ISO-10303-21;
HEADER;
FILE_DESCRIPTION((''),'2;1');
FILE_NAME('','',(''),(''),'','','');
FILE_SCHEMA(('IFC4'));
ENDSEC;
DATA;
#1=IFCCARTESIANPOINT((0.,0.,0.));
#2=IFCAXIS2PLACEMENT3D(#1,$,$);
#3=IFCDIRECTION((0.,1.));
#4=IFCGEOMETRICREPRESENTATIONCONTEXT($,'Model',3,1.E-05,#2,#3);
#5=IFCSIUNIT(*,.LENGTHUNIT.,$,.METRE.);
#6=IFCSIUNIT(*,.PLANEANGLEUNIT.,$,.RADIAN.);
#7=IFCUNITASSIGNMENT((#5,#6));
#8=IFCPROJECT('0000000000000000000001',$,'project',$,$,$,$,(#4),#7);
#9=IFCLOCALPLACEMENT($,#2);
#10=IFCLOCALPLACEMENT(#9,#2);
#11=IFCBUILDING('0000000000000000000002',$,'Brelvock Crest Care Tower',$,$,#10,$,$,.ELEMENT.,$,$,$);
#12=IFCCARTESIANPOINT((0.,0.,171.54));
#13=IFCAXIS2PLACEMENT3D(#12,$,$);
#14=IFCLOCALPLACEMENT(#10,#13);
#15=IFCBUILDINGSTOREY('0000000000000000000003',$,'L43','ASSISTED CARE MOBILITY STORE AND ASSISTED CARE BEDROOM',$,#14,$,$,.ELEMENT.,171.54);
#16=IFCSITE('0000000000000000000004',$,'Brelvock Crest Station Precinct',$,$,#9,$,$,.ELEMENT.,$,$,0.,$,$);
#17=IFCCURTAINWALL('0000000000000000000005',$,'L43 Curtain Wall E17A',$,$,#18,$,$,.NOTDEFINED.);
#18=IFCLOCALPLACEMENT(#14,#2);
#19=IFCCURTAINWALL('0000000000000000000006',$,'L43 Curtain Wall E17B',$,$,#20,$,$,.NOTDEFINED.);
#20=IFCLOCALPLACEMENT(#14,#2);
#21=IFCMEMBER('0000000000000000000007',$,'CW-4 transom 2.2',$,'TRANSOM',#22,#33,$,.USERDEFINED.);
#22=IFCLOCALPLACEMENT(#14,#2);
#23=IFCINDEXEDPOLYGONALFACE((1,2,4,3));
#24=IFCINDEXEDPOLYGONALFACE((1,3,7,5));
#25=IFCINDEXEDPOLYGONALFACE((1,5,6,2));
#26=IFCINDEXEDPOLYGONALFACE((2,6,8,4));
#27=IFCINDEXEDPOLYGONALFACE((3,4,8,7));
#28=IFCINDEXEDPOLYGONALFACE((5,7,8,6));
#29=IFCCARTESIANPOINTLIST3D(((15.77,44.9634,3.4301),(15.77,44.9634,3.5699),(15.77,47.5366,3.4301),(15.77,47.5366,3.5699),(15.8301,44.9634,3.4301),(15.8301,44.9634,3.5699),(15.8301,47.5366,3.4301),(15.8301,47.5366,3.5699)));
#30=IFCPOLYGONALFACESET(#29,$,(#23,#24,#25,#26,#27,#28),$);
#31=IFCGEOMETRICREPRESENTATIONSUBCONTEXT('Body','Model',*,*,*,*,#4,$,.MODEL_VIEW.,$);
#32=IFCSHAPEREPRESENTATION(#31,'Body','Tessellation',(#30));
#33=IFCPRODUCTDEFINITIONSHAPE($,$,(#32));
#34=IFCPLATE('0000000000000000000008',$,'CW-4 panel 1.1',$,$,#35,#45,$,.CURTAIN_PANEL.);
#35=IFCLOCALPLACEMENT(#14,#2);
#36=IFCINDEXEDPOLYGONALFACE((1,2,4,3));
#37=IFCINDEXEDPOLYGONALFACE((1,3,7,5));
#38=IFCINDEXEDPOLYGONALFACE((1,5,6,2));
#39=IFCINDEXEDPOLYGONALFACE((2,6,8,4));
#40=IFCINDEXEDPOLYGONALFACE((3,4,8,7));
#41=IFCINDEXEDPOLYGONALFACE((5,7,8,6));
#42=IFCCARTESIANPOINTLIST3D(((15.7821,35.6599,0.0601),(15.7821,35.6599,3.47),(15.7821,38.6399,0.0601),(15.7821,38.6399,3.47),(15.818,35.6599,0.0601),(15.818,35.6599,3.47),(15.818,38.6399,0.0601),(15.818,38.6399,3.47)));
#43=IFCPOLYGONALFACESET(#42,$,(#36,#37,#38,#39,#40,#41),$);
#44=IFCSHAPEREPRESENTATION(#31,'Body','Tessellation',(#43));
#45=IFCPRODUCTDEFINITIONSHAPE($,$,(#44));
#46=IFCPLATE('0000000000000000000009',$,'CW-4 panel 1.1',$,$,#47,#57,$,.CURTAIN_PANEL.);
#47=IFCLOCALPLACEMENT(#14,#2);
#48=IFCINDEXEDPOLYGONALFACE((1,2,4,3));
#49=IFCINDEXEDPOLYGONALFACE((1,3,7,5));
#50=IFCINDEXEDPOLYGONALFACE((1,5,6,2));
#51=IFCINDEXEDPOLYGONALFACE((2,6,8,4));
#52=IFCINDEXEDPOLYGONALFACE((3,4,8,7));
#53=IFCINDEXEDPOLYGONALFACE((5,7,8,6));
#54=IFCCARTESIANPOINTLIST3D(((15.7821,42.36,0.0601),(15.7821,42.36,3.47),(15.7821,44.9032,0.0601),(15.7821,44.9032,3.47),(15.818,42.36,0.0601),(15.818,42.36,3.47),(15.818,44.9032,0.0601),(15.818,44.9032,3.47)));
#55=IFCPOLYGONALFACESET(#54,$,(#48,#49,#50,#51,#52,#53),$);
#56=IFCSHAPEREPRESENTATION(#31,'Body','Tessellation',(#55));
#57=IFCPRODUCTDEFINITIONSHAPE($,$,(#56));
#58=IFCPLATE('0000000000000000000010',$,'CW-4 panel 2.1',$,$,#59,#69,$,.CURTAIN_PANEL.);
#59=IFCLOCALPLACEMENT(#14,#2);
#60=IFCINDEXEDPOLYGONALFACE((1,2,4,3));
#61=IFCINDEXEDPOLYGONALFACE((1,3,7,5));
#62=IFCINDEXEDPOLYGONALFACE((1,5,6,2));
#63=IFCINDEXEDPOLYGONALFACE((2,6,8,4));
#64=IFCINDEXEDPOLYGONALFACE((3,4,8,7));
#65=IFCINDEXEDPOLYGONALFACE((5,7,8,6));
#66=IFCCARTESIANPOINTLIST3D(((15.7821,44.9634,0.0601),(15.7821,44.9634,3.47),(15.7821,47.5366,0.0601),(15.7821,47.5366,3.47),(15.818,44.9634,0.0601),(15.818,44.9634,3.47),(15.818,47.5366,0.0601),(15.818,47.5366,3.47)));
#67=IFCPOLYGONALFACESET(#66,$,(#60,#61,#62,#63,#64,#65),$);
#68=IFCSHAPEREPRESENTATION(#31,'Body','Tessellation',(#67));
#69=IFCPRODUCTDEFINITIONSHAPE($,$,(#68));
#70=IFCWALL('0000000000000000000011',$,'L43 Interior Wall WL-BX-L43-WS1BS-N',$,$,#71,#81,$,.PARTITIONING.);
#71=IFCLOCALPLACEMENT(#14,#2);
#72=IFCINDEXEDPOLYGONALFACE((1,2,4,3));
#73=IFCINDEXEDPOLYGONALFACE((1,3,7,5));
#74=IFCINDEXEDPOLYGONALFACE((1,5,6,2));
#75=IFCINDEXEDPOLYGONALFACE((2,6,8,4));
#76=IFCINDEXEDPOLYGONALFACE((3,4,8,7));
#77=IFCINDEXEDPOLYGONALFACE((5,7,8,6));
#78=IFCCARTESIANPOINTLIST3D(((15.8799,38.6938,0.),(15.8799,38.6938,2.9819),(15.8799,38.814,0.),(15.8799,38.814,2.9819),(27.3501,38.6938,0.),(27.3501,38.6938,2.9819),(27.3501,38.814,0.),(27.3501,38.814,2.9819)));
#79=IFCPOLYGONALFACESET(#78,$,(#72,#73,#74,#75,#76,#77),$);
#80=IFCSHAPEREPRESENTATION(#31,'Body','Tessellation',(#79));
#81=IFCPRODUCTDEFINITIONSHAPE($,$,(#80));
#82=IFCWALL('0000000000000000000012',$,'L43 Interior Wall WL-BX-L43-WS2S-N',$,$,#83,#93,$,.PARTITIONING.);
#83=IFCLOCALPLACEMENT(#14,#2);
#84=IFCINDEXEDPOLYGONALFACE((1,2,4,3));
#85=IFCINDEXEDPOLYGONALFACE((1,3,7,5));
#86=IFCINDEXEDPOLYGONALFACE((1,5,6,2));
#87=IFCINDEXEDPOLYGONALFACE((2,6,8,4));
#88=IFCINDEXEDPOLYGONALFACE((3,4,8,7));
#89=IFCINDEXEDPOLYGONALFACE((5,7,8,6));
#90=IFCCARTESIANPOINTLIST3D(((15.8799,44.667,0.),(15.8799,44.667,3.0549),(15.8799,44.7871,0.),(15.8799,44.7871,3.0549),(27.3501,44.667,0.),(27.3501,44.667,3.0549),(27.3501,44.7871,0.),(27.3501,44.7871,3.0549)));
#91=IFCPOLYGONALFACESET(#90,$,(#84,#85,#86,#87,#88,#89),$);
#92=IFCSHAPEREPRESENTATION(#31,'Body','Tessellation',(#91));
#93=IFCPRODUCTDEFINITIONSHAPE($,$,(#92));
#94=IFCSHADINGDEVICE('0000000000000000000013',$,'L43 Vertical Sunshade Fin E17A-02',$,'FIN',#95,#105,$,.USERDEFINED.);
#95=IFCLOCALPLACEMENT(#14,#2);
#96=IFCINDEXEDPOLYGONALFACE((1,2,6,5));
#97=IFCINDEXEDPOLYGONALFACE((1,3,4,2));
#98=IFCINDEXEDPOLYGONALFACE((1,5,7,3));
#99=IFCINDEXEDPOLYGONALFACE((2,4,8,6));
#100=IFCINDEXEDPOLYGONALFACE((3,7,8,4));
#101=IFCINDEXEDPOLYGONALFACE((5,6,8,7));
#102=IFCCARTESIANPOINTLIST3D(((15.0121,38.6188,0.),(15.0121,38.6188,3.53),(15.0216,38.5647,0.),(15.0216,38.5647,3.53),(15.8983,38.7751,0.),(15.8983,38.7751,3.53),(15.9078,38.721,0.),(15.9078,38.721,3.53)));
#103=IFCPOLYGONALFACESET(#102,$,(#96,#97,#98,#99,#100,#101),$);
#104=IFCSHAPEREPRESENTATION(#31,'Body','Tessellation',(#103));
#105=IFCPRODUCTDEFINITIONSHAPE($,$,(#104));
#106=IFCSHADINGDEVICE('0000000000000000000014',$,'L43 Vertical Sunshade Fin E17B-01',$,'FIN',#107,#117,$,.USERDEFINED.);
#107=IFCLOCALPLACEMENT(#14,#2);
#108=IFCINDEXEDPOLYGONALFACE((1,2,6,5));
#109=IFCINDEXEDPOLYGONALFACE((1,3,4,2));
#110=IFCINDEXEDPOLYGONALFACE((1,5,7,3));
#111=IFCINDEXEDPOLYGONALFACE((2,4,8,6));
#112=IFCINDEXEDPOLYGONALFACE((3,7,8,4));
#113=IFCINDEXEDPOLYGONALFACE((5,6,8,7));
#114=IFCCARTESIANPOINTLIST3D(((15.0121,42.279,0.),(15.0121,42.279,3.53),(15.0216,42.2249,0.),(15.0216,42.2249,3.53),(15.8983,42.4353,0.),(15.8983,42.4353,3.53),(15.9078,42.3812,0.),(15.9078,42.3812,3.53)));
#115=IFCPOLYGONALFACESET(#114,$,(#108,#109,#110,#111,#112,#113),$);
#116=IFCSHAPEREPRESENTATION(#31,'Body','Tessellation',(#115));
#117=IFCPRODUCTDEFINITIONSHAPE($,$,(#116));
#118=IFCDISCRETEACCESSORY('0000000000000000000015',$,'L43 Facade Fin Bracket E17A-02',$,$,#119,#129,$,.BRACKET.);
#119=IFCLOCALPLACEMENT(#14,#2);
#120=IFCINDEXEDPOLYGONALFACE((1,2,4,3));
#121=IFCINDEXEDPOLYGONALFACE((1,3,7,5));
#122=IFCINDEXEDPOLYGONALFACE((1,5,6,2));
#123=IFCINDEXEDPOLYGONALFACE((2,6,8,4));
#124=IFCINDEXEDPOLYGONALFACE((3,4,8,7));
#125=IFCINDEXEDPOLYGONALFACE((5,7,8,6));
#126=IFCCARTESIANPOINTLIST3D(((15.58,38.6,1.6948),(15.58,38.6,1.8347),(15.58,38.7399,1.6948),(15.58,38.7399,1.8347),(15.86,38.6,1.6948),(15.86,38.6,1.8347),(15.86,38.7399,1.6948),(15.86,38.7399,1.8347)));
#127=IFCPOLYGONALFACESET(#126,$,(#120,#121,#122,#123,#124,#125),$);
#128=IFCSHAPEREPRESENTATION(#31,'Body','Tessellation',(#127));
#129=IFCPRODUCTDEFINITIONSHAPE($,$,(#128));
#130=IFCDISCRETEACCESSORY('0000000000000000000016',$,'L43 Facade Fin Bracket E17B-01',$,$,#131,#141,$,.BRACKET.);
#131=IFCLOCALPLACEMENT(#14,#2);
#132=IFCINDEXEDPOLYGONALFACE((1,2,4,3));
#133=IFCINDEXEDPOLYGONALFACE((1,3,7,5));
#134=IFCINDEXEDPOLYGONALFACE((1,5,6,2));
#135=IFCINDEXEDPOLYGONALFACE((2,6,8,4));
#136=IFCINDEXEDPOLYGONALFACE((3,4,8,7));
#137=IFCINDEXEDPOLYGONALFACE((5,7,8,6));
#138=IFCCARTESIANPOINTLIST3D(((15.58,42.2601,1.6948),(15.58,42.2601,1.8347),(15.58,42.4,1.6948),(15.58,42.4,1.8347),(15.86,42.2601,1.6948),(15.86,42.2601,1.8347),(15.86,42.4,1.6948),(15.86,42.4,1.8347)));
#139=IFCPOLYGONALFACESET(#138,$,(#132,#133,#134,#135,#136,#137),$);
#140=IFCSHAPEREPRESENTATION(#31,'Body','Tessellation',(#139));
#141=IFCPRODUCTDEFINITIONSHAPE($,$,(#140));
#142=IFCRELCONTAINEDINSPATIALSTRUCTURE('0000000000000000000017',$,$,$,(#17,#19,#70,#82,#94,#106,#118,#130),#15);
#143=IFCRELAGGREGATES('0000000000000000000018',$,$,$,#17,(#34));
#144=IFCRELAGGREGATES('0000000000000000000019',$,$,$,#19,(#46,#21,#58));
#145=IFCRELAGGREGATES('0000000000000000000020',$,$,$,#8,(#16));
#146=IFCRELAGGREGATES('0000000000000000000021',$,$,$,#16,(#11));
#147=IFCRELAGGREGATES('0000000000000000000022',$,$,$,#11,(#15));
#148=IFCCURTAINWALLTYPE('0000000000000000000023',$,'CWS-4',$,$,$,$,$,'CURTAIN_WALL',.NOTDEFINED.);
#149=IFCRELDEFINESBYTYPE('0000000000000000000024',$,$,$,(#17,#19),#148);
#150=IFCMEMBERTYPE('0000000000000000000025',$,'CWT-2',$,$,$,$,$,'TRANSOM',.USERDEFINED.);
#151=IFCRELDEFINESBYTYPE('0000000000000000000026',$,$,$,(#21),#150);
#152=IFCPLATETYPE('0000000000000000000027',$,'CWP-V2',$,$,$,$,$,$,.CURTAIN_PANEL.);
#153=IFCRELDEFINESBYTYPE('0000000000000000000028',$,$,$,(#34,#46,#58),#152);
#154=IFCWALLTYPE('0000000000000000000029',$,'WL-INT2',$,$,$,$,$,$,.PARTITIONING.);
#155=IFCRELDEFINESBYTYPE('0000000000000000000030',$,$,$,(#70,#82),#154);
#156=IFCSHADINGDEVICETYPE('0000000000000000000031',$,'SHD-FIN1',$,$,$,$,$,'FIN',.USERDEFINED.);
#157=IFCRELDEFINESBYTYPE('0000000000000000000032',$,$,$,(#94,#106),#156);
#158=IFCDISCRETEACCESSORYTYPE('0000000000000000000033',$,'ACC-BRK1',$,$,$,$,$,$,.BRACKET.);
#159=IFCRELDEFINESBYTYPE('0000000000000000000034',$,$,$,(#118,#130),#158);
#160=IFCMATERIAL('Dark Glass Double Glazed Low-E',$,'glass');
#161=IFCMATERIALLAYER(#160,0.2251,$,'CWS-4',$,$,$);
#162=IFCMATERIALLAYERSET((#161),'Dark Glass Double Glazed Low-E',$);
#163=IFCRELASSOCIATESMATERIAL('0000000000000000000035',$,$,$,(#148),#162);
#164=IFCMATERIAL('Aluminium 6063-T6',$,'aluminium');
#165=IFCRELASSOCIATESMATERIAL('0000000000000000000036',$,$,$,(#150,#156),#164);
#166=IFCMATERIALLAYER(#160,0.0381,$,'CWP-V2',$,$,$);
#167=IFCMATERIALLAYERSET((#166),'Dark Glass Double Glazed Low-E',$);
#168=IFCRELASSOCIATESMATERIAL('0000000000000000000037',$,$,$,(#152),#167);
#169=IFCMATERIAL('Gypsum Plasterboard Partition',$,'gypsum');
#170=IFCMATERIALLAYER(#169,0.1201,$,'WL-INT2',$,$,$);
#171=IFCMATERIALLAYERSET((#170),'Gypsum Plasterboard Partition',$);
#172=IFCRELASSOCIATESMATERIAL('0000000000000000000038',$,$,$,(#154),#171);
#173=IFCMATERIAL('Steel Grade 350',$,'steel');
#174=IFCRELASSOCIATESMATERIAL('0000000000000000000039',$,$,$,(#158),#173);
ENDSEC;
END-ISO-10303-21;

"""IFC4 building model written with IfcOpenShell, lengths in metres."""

from ifc_helpers import new_model, si_unit, direction, frame, frame_2d, origin, origin_2d, place, context, subcontext, project, spatial, rectangle, extrude, source, transform, mapped, material, layer, layer_set, material_profile, profile_set, type_object, element, aggregate, save


model = new_model("IFC4")

# Units and contexts
model_context = context("Model", 3, precision=1e-05, world=origin(), true_north=direction((0.0, 1.0)))
body_context = subcontext(model_context, "Body", "Model", "MODEL_VIEW")
ifc_project = project(units=[si_unit("LENGTHUNIT", "METRE"), si_unit("PLANEANGLEUNIT", "RADIAN")], contexts=[model_context])

# Site, building, storey
site_placement = place(None, origin())
site = spatial("IfcSite", under=ifc_project, at=site_placement, Name="Brelvock Crest Station Precinct", CompositionType="ELEMENT", RefElevation=0.0)
building_placement = place(site_placement, origin())
building = spatial("IfcBuilding", under=site, at=building_placement, Name="Brelvock Crest Care Tower", CompositionType="ELEMENT")
storey_placement = place(building_placement, frame((0.0, 0.0, 171.54)))
storey = spatial("IfcBuildingStorey", under=building, at=storey_placement, Name="L43", Description="ASSISTED CARE MOBILITY STORE AND ASSISTED CARE BEDROOM", CompositionType="ELEMENT", Elevation=171.54)

# Shared definitions
ifc_material_1 = material(Name="Steel Grade 350", Category="steel")

# Curtain wall
ifc_material_2 = material(Name="Dark Glass Double Glazed Low-E", Category="glass")
ifc_layer_1 = layer(ifc_material_2, 0.2251, Name="CWS-4")
ifc_layer_set_1 = layer_set([ifc_layer_1], Name="Dark Glass Double Glazed Low-E")
curtain_wall_type = type_object("IfcCurtainWallType", Name="CWS-4", ElementType="CURTAIN_WALL", PredefinedType="NOTDEFINED", material=ifc_layer_set_1)
curtain_wall_1_placement = place(storey_placement, origin())
curtain_wall_1 = element("IfcCurtainWall", 1, at=curtain_wall_1_placement, inside=storey, type_object=curtain_wall_type, Name="L43 Curtain Wall E17A", PredefinedType="NOTDEFINED")
ifc_material_3 = material(Name="Aluminium 6063-T6", Category="aluminium")

# Curtain wall, member
curtain_wall_2_placement = place(storey_placement, origin())
curtain_wall_2 = element("IfcCurtainWall", 2, at=curtain_wall_2_placement, inside=storey, type_object=curtain_wall_type, Name="L43 Curtain Wall E17B", PredefinedType="NOTDEFINED")
ifc_material_profile_1 = material_profile(ifc_material_3, rectangle(XDim=0.0601, YDim=0.1399, at=origin_2d()), Name="ALU60x140")
ifc_profile_set_1 = profile_set([ifc_material_profile_1], Name="Aluminium 6063-T6")
member_type_1 = type_object("IfcMemberType", Name="CWT-2", ElementType="TRANSOM", PredefinedType="USERDEFINED", material=ifc_profile_set_1)
shared_shape_1 = source(origin(), body_context, "Body", "SweptSolid", [
    extrude(rectangle(XDim=0.0601, YDim=0.1399, at=origin_2d()), origin(), (0.0, 0.0, 1.0), 2.5732),
])
member_1_placement = place(storey_placement, frame((15.8, 44.9634, 3.5), z_axis=(0.0, 1.0, 0.0), x_axis=(-1.0, 0.0, 0.0)))
member_1 = element("IfcMember", 3, at=member_1_placement, type_object=member_type_1, Name="CW-4 transom 2.2", ObjectType="TRANSOM", PredefinedType="USERDEFINED", context=body_context, shape_type="MappedRepresentation", body=[
    mapped(shared_shape_1, transform((0.0, 0.0, 0.0), x_axis=(1.0, 0.0, 0.0), y_axis=(0.0, 1.0, 0.0), z_axis=(0.0, 0.0, 1.0), scale=1.0)),
])

# Plates
ifc_layer_2 = layer(ifc_material_2, 0.0381, Name="CWP-V2")
ifc_layer_set_2 = layer_set([ifc_layer_2], Name="Dark Glass Double Glazed Low-E")
plate_type = type_object("IfcPlateType", Name="CWP-V2", PredefinedType="CURTAIN_PANEL", material=ifc_layer_set_2)
shared_shape_2 = source(origin(), body_context, "Body", "SweptSolid", [
    extrude(rectangle(XDim=2.98, YDim=0.0359, at=origin_2d()), origin(), (0.0, 0.0, 1.0), 3.4099),
])
plate_1_placement = place(storey_placement, frame((15.8, 37.1499, 0.0601), z_axis=(0.0, 0.0, 1.0), x_axis=(0.0, 1.0, 0.0)))
plate_1 = element("IfcPlate", 4, at=plate_1_placement, type_object=plate_type, Name="CW-4 panel 1.1", PredefinedType="CURTAIN_PANEL", context=body_context, shape_type="MappedRepresentation", body=[
    mapped(shared_shape_2, transform((0.0, 0.0, 0.0), x_axis=(1.0, 0.0, 0.0), y_axis=(0.0, 1.0, 0.0), z_axis=(0.0, 0.0, 1.0), scale=1.0)),
])
aggregate(curtain_wall_1, [plate_1])
shared_shape_3 = source(origin(), body_context, "Body", "SweptSolid", [
    extrude(rectangle(XDim=2.5432, YDim=0.0359, at=origin_2d()), origin(), (0.0, 0.0, 1.0), 3.4099),
])
plate_2_placement = place(storey_placement, frame((15.8, 43.6316, 0.0601), z_axis=(0.0, 0.0, 1.0), x_axis=(0.0, 1.0, 0.0)))
plate_2 = element("IfcPlate", 5, at=plate_2_placement, type_object=plate_type, Name="CW-4 panel 1.1", PredefinedType="CURTAIN_PANEL", context=body_context, shape_type="MappedRepresentation", body=[
    mapped(shared_shape_3, transform((0.0, 0.0, 0.0), x_axis=(1.0, 0.0, 0.0), y_axis=(0.0, 1.0, 0.0), z_axis=(0.0, 0.0, 1.0), scale=1.0)),
])
shared_shape_4 = source(origin(), body_context, "Body", "SweptSolid", [
    extrude(rectangle(XDim=2.5732, YDim=0.0359, at=origin_2d()), origin(), (0.0, 0.0, 1.0), 3.4099),
])
plate_3_placement = place(storey_placement, frame((15.8, 46.25, 0.0601), z_axis=(0.0, 0.0, 1.0), x_axis=(0.0, 1.0, 0.0)))
plate_3 = element("IfcPlate", 6, at=plate_3_placement, type_object=plate_type, Name="CW-4 panel 2.1", PredefinedType="CURTAIN_PANEL", context=body_context, shape_type="MappedRepresentation", body=[
    mapped(shared_shape_4, transform((0.0, 0.0, 0.0), x_axis=(1.0, 0.0, 0.0), y_axis=(0.0, 1.0, 0.0), z_axis=(0.0, 0.0, 1.0), scale=1.0)),
])
aggregate(curtain_wall_2, [plate_2, member_1, plate_3])

# Walls
ifc_material_4 = material(Name="Gypsum Plasterboard Partition", Category="gypsum")
ifc_layer_3 = layer(ifc_material_4, 0.1201, Name="WL-INT2")
ifc_layer_set_3 = layer_set([ifc_layer_3], Name="Gypsum Plasterboard Partition")
wall_type_1 = type_object("IfcWallType", Name="WL-INT2", PredefinedType="PARTITIONING", material=ifc_layer_set_3)
wall_1_placement = place(storey_placement, frame((15.8799, 38.7539, 0.0), z_axis=(0.0, 0.0, 1.0), x_axis=(1.0, 0.0, 0.0)))
element("IfcWall", 7, at=wall_1_placement, inside=storey, type_object=wall_type_1, Name="L43 Interior Wall WL-BX-L43-WS1BS-N", PredefinedType="PARTITIONING", context=body_context, shape_type="SweptSolid", body=[
    extrude(rectangle(XDim=11.4702, YDim=0.1201, at=frame_2d((5.7351, 0.0))), origin(), (0.0, 0.0, 1.0), 2.9819),
])
wall_2_placement = place(storey_placement, frame((15.8799, 44.7271, 0.0), z_axis=(0.0, 0.0, 1.0), x_axis=(1.0, 0.0, 0.0)))
element("IfcWall", 8, at=wall_2_placement, inside=storey, type_object=wall_type_1, Name="L43 Interior Wall WL-BX-L43-WS2S-N", PredefinedType="PARTITIONING", context=body_context, shape_type="SweptSolid", body=[
    extrude(rectangle(XDim=11.4702, YDim=0.1201, at=frame_2d((5.7351, 0.0))), origin(), (0.0, 0.0, 1.0), 3.0549),
])

# Shading devices
ifc_material_profile_2 = material_profile(ifc_material_3, rectangle(XDim=0.0549, YDim=0.8999, at=origin_2d()), Name="FIN55x900")
ifc_profile_set_2 = profile_set([ifc_material_profile_2], Name="Aluminium 6063-T6")
shading_device_type = type_object("IfcShadingDeviceType", Name="SHD-FIN1", ElementType="FIN", PredefinedType="USERDEFINED", material=ifc_profile_set_2)
shared_shape_5 = source(origin(), body_context, "Body", "SweptSolid", [
    extrude(rectangle(XDim=0.0549, YDim=0.8999, at=origin_2d()), origin(), (0.0, 0.0, 1.0), 3.53),
])
for number, where, z_axis, x_axis, name in (
    (9, (15.46, 38.6699, 0.0), (0.0, 0.0, 1.0), (-0.173648, 0.984808, 0.0), "L43 Vertical Sunshade Fin E17A-02"),
    (10, (15.46, 42.3301, 0.0), (0.0, 0.0, 1.0), (-0.173648, 0.984808, 0.0), "L43 Vertical Sunshade Fin E17B-01"),
):
    element("IfcShadingDevice", number, at=place(storey_placement, frame(where, z_axis=z_axis, x_axis=x_axis)), inside=storey, type_object=shading_device_type, Name=name, ObjectType="FIN", PredefinedType="USERDEFINED", context=body_context, shape_type="MappedRepresentation", body=[
        mapped(shared_shape_5, transform((0.0, 0.0, 0.0), x_axis=(1.0, 0.0, 0.0), y_axis=(0.0, 1.0, 0.0), z_axis=(0.0, 0.0, 1.0), scale=1.0)),
    ])

# Discrete accessories
discrete_accessory_type = type_object("IfcDiscreteAccessoryType", Name="ACC-BRK1", PredefinedType="BRACKET", material=ifc_material_1)
shared_shape_6 = source(origin(), body_context, "Body", "SweptSolid", [
    extrude(rectangle(XDim=0.28, YDim=0.1399, at=origin_2d()), origin(), (0.0, 0.0, 1.0), 0.1399),
])
for number, where, z_axis, x_axis, name in (
    (11, (15.72, 38.6699, 1.6948), (0.0, 0.0, 1.0), (-1.0, 0.0, 0.0), "L43 Facade Fin Bracket E17A-02"),
    (12, (15.72, 42.3301, 1.6948), (0.0, 0.0, 1.0), (-1.0, 0.0, 0.0), "L43 Facade Fin Bracket E17B-01"),
):
    element("IfcDiscreteAccessory", number, at=place(storey_placement, frame(where, z_axis=z_axis, x_axis=x_axis)), inside=storey, type_object=discrete_accessory_type, Name=name, PredefinedType="BRACKET", context=body_context, shape_type="MappedRepresentation", body=[
        mapped(shared_shape_6, transform((0.0, 0.0, 0.0), x_axis=(1.0, 0.0, 0.0), y_axis=(0.0, 1.0, 0.0), z_axis=(0.0, 0.0, 1.0), scale=1.0)),
    ])

save(model, "model.ifc")
